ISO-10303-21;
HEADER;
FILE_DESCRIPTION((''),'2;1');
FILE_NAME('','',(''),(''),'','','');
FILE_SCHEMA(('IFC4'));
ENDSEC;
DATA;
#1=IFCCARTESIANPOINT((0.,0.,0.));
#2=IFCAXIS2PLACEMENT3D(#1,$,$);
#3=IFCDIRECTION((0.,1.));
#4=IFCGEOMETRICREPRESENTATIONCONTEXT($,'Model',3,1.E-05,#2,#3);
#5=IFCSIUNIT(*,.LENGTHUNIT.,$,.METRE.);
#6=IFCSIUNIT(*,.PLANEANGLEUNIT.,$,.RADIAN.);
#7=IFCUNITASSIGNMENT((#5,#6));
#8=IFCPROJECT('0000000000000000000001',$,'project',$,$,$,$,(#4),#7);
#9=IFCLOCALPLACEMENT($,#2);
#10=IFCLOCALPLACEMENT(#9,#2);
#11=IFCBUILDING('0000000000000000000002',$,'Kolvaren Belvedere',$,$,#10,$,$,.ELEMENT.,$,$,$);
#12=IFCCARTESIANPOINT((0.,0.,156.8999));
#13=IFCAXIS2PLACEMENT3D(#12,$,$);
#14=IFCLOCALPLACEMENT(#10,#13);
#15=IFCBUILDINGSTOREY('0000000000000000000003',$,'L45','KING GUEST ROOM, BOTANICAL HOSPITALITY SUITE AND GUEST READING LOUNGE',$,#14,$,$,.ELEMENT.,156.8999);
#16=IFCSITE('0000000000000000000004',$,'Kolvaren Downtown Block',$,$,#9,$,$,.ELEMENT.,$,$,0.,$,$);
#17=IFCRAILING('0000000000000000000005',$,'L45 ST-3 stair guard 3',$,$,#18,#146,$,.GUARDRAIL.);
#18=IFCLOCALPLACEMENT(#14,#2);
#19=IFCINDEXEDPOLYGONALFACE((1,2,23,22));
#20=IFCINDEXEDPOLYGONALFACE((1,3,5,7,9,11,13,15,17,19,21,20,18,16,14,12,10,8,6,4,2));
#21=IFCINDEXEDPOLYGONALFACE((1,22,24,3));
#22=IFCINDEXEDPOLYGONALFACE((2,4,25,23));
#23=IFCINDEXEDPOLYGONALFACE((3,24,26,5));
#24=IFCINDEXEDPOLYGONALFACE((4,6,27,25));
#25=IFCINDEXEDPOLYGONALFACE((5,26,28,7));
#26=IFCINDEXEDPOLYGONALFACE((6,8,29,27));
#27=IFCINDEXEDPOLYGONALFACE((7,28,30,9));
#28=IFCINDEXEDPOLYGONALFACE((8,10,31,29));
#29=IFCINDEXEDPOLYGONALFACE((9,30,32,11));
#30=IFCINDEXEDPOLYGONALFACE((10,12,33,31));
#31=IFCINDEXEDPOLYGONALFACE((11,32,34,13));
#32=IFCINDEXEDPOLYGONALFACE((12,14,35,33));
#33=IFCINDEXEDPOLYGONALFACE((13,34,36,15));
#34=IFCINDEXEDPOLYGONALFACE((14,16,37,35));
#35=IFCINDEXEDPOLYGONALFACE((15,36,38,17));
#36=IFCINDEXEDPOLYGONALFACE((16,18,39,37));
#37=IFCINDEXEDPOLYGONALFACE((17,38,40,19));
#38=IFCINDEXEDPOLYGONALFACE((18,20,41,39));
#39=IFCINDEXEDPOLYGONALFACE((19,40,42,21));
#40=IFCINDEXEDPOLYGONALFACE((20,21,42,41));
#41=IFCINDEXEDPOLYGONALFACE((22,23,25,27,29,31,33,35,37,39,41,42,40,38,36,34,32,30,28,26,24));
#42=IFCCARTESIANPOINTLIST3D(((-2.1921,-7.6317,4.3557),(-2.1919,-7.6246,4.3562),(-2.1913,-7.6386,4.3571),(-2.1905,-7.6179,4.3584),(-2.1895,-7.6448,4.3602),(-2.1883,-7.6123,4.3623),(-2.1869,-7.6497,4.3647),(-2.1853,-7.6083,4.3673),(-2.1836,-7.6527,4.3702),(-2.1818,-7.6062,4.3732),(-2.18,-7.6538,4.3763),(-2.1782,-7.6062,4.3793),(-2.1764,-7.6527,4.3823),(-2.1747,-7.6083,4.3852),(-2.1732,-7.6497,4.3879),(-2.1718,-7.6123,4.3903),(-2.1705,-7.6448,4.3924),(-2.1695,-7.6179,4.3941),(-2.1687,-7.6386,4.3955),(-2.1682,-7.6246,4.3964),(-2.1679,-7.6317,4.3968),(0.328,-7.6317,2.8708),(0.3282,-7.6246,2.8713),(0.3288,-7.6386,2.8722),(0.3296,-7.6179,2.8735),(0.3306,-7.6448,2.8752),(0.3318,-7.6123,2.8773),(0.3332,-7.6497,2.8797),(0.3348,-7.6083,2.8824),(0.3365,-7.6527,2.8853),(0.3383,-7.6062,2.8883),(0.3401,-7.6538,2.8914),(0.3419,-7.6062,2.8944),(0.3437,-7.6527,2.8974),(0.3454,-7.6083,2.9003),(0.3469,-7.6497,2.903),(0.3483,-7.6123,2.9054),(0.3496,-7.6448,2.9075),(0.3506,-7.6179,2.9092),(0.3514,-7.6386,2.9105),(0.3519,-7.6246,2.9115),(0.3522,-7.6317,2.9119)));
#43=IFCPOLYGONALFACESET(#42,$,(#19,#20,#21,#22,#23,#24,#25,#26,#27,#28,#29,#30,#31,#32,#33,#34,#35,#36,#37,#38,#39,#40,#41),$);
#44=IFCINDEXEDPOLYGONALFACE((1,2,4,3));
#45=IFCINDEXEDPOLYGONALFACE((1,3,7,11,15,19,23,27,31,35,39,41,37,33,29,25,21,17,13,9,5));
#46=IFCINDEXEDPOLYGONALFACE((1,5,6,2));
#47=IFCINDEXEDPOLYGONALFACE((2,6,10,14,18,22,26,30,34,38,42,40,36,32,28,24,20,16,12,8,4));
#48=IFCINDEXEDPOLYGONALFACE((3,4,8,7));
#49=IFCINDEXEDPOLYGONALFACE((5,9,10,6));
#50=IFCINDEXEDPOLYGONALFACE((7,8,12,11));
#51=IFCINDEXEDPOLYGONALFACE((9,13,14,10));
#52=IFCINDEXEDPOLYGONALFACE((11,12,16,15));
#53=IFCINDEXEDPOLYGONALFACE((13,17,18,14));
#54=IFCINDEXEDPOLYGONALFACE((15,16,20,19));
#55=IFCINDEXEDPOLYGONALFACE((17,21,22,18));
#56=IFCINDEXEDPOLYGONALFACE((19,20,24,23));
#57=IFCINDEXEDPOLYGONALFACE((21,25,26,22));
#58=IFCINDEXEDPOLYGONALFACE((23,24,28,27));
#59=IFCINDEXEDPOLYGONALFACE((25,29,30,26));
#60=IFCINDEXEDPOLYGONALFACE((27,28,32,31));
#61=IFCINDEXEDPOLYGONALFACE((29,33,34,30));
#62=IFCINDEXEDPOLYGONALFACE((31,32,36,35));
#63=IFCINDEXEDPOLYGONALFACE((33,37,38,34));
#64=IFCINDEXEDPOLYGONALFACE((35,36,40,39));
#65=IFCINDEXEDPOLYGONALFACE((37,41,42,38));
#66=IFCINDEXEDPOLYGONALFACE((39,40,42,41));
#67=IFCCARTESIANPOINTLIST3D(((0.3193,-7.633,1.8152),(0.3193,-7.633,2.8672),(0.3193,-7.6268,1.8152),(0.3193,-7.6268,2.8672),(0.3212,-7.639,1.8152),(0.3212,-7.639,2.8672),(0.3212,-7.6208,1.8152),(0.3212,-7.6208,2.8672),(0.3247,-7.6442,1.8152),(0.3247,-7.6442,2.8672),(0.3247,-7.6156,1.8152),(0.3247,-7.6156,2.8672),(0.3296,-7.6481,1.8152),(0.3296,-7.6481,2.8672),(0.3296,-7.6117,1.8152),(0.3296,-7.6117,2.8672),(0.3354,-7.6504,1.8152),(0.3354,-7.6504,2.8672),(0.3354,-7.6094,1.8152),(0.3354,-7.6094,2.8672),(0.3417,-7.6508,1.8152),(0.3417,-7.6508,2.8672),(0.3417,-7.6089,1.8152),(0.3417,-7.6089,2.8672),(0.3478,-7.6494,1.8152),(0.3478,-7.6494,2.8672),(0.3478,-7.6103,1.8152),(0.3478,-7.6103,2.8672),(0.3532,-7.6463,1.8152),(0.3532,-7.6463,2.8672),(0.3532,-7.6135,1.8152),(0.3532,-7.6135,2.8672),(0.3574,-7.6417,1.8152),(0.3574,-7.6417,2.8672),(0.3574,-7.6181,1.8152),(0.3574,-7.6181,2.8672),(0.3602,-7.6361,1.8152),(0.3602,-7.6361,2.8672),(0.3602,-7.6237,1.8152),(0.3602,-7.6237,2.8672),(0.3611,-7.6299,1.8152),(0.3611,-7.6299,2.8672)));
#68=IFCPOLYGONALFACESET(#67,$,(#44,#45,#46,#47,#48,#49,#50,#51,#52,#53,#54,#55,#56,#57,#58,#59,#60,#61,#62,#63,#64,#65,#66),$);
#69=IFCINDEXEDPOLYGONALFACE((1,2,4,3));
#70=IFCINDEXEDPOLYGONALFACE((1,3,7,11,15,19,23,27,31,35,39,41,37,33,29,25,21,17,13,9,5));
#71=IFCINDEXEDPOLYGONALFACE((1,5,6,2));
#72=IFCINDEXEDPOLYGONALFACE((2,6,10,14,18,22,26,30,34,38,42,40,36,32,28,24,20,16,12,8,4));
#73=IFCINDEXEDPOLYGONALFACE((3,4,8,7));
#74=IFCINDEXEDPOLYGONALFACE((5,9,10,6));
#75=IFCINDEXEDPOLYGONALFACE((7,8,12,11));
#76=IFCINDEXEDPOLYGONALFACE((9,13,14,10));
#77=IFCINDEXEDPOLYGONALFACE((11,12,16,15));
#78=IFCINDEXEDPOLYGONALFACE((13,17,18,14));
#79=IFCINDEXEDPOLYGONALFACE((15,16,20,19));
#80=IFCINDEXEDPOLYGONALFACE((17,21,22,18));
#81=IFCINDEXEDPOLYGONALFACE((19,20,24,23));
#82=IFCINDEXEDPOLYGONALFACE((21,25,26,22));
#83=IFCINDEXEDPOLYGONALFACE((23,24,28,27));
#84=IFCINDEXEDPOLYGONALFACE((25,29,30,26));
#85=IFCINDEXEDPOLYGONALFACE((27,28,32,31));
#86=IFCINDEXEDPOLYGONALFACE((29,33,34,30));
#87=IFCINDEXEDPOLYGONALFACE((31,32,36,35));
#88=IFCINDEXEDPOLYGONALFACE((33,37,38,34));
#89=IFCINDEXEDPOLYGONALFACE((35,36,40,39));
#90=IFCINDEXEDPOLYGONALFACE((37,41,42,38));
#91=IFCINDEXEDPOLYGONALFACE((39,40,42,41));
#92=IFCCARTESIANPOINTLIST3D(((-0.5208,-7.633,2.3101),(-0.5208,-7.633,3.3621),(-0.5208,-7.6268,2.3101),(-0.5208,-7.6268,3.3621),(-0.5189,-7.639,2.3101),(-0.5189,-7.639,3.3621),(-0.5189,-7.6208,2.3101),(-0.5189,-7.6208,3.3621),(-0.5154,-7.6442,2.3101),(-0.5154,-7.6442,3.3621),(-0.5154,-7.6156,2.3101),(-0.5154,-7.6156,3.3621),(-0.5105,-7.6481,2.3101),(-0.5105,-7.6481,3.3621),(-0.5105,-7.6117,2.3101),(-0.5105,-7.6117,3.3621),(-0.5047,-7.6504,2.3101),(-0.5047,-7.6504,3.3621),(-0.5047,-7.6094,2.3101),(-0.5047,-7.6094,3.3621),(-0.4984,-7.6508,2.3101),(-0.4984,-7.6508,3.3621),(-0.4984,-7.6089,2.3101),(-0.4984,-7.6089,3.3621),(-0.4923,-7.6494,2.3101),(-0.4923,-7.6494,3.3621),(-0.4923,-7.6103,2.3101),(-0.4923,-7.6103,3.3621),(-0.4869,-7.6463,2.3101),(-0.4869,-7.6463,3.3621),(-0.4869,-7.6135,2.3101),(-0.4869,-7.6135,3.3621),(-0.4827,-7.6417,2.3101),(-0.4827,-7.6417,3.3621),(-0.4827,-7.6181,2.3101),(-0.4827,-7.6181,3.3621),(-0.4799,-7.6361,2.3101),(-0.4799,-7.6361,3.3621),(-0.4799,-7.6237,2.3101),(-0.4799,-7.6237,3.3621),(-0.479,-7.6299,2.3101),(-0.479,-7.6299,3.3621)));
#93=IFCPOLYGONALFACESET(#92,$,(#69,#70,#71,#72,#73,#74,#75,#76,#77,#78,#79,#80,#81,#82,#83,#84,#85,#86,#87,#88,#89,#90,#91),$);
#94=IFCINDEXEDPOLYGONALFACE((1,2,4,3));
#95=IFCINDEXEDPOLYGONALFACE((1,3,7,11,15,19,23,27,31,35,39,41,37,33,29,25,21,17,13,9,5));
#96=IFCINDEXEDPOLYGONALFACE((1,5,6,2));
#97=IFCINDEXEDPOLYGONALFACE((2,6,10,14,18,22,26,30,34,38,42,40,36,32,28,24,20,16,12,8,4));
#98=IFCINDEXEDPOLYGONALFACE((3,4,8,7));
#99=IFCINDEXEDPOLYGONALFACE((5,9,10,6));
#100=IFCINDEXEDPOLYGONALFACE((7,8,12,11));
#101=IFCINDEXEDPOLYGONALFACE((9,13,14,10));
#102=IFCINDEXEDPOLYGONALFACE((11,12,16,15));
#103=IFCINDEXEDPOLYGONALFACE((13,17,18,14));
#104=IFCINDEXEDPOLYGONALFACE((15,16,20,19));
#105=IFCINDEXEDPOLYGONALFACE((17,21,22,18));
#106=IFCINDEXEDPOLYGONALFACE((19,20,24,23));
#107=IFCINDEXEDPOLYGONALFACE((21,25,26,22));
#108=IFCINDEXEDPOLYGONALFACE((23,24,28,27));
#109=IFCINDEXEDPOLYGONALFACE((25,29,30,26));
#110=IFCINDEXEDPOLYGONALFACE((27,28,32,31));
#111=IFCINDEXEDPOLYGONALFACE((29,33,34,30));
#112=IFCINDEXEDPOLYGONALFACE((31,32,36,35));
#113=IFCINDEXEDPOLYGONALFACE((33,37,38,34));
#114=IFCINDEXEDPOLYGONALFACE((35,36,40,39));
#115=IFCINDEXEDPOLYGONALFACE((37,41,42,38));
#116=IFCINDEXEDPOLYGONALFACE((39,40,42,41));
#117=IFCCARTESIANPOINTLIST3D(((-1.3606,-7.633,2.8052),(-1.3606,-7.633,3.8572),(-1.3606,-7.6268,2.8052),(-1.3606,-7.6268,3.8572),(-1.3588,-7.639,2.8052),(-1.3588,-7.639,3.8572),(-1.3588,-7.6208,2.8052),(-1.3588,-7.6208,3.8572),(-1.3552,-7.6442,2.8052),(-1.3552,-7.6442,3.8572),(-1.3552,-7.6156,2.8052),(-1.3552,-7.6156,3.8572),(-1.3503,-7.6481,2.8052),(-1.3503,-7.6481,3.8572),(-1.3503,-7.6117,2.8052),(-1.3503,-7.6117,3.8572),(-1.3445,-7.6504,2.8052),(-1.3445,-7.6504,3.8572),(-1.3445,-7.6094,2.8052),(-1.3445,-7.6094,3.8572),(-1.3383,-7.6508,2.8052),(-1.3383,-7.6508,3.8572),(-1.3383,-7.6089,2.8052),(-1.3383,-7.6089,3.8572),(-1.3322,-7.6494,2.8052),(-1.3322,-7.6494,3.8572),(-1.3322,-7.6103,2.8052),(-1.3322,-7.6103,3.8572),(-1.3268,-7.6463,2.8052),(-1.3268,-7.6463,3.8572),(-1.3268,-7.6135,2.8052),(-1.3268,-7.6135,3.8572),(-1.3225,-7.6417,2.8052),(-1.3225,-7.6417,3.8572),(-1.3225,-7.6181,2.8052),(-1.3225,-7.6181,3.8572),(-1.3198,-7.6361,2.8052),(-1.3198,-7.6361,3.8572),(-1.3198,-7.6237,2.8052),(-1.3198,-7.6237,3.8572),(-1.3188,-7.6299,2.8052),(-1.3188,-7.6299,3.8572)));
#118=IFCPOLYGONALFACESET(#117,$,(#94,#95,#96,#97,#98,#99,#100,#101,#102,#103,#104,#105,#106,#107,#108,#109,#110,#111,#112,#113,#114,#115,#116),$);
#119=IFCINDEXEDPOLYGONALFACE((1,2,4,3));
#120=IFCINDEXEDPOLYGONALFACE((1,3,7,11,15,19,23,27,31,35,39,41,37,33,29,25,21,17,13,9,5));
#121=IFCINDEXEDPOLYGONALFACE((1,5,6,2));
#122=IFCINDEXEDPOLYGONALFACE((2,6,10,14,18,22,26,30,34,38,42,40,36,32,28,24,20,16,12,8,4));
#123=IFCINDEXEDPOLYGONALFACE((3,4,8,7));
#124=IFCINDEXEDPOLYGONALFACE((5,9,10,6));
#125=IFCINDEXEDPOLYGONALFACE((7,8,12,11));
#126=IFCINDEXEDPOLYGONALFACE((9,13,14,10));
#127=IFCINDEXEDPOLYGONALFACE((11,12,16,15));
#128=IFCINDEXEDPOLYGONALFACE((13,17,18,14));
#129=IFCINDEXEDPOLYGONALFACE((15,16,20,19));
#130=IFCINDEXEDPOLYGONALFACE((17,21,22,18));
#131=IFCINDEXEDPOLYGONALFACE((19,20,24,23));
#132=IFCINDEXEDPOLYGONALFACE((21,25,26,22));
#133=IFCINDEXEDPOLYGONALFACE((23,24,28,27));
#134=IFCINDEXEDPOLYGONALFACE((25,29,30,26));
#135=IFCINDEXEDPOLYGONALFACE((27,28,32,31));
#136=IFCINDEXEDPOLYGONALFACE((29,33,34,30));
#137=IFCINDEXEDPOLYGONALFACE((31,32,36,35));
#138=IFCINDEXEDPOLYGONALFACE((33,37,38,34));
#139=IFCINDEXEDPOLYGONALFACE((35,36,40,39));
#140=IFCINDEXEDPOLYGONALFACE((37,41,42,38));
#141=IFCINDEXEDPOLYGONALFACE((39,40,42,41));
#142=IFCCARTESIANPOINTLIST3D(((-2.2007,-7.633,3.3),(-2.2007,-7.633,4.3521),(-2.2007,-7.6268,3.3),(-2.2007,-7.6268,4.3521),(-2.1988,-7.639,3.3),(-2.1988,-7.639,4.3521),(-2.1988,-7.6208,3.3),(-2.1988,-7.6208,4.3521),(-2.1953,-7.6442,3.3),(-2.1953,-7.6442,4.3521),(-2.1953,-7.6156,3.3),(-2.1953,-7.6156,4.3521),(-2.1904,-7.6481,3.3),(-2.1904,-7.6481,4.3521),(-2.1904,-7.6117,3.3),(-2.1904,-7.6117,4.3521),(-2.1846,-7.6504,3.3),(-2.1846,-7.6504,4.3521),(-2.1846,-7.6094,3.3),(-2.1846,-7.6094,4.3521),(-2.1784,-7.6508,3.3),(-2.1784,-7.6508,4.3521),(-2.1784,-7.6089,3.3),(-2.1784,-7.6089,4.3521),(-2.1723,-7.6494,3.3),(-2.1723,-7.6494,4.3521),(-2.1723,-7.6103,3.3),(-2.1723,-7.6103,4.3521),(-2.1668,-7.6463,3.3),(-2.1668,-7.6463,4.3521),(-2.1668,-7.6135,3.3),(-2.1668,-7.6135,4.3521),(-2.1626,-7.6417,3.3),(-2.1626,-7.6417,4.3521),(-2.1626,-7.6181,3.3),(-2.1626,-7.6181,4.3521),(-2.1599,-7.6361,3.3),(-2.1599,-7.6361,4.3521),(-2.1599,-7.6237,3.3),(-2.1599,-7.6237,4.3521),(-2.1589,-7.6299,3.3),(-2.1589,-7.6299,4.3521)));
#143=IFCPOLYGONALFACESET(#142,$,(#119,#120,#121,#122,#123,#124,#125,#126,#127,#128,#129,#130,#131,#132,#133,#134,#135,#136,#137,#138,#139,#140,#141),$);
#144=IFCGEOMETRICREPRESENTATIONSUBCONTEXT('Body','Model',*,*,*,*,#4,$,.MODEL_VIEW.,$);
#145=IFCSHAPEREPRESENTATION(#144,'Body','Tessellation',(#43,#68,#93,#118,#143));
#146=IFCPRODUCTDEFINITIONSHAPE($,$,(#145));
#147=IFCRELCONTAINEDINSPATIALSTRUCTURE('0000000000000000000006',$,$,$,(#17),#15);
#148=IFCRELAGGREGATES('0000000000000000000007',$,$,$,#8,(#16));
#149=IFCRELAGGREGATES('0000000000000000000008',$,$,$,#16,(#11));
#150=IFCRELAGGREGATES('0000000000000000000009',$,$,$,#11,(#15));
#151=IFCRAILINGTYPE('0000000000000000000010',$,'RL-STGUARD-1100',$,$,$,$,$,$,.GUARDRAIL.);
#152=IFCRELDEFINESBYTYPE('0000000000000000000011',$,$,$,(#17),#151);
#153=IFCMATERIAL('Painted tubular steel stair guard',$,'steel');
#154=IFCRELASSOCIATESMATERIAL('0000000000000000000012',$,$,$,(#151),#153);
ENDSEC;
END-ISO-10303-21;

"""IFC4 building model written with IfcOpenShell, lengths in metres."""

from ifc_helpers import new_model, si_unit, direction, frame, origin, origin_2d, place, context, subcontext, project, spatial, circle, extrude, material, type_object, element, save


model = new_model("IFC4")

# Units and contexts
model_context = context("Model", 3, precision=1e-05, world=origin(), true_north=direction((0.0, 1.0)))
body_context = subcontext(model_context, "Body", "Model", "MODEL_VIEW")
ifc_project = project(units=[si_unit("LENGTHUNIT", "METRE"), si_unit("PLANEANGLEUNIT", "RADIAN")], contexts=[model_context])

# Site, building, storey
site_placement = place(None, origin())
site = spatial("IfcSite", under=ifc_project, at=site_placement, Name="Kolvaren Downtown Block", CompositionType="ELEMENT", RefElevation=0.0)
building_placement = place(site_placement, origin())
building = spatial("IfcBuilding", under=site, at=building_placement, Name="Kolvaren Belvedere", CompositionType="ELEMENT")
storey_placement = place(building_placement, frame((0.0, 0.0, 156.8999)))
storey = spatial("IfcBuildingStorey", under=building, at=storey_placement, Name="L45", Description="KING GUEST ROOM, BOTANICAL HOSPITALITY SUITE AND GUEST READING LOUNGE", CompositionType="ELEMENT", Elevation=156.8999)

# Railing
ifc_material_1 = material(Name="Painted tubular steel stair guard", Category="steel")
railing_type_1 = type_object("IfcRailingType", Name="RL-STGUARD-1100", PredefinedType="GUARDRAIL", material=ifc_material_1)
railing_1_placement = place(storey_placement, frame((0.3401, -7.6299, 1.8152)))
element("IfcRailing", 1, at=railing_1_placement, inside=storey, type_object=railing_type_1, Name="L45 ST-3 stair guard 3", PredefinedType="GUARDRAIL", context=body_context, shape_type="SweptSolid", body=[
    extrude(circle(Radius=0.0239, at=origin_2d()), frame((0.0, 0.0, 1.0762), z_axis=(-0.861561, 0.0, 0.507655), x_axis=(0.0, -1.0, 0.0)), (0.0, 0.0, 1.0), 2.925),
    extrude(circle(Radius=0.021, at=origin_2d()), origin(), (0.0, 0.0, 1.0), 1.052),
    extrude(circle(Radius=0.021, at=origin_2d()), frame((-0.8401, 0.0, 0.4949)), (0.0, 0.0, 1.0), 1.052),
    extrude(circle(Radius=0.021, at=origin_2d()), frame((-1.6799, 0.0, 0.99)), (0.0, 0.0, 1.0), 1.052),
    extrude(circle(Radius=0.021, at=origin_2d()), frame((-2.52, 0.0, 1.4849)), (0.0, 0.0, 1.0), 1.052),
])

save(model, "model.ifc")
